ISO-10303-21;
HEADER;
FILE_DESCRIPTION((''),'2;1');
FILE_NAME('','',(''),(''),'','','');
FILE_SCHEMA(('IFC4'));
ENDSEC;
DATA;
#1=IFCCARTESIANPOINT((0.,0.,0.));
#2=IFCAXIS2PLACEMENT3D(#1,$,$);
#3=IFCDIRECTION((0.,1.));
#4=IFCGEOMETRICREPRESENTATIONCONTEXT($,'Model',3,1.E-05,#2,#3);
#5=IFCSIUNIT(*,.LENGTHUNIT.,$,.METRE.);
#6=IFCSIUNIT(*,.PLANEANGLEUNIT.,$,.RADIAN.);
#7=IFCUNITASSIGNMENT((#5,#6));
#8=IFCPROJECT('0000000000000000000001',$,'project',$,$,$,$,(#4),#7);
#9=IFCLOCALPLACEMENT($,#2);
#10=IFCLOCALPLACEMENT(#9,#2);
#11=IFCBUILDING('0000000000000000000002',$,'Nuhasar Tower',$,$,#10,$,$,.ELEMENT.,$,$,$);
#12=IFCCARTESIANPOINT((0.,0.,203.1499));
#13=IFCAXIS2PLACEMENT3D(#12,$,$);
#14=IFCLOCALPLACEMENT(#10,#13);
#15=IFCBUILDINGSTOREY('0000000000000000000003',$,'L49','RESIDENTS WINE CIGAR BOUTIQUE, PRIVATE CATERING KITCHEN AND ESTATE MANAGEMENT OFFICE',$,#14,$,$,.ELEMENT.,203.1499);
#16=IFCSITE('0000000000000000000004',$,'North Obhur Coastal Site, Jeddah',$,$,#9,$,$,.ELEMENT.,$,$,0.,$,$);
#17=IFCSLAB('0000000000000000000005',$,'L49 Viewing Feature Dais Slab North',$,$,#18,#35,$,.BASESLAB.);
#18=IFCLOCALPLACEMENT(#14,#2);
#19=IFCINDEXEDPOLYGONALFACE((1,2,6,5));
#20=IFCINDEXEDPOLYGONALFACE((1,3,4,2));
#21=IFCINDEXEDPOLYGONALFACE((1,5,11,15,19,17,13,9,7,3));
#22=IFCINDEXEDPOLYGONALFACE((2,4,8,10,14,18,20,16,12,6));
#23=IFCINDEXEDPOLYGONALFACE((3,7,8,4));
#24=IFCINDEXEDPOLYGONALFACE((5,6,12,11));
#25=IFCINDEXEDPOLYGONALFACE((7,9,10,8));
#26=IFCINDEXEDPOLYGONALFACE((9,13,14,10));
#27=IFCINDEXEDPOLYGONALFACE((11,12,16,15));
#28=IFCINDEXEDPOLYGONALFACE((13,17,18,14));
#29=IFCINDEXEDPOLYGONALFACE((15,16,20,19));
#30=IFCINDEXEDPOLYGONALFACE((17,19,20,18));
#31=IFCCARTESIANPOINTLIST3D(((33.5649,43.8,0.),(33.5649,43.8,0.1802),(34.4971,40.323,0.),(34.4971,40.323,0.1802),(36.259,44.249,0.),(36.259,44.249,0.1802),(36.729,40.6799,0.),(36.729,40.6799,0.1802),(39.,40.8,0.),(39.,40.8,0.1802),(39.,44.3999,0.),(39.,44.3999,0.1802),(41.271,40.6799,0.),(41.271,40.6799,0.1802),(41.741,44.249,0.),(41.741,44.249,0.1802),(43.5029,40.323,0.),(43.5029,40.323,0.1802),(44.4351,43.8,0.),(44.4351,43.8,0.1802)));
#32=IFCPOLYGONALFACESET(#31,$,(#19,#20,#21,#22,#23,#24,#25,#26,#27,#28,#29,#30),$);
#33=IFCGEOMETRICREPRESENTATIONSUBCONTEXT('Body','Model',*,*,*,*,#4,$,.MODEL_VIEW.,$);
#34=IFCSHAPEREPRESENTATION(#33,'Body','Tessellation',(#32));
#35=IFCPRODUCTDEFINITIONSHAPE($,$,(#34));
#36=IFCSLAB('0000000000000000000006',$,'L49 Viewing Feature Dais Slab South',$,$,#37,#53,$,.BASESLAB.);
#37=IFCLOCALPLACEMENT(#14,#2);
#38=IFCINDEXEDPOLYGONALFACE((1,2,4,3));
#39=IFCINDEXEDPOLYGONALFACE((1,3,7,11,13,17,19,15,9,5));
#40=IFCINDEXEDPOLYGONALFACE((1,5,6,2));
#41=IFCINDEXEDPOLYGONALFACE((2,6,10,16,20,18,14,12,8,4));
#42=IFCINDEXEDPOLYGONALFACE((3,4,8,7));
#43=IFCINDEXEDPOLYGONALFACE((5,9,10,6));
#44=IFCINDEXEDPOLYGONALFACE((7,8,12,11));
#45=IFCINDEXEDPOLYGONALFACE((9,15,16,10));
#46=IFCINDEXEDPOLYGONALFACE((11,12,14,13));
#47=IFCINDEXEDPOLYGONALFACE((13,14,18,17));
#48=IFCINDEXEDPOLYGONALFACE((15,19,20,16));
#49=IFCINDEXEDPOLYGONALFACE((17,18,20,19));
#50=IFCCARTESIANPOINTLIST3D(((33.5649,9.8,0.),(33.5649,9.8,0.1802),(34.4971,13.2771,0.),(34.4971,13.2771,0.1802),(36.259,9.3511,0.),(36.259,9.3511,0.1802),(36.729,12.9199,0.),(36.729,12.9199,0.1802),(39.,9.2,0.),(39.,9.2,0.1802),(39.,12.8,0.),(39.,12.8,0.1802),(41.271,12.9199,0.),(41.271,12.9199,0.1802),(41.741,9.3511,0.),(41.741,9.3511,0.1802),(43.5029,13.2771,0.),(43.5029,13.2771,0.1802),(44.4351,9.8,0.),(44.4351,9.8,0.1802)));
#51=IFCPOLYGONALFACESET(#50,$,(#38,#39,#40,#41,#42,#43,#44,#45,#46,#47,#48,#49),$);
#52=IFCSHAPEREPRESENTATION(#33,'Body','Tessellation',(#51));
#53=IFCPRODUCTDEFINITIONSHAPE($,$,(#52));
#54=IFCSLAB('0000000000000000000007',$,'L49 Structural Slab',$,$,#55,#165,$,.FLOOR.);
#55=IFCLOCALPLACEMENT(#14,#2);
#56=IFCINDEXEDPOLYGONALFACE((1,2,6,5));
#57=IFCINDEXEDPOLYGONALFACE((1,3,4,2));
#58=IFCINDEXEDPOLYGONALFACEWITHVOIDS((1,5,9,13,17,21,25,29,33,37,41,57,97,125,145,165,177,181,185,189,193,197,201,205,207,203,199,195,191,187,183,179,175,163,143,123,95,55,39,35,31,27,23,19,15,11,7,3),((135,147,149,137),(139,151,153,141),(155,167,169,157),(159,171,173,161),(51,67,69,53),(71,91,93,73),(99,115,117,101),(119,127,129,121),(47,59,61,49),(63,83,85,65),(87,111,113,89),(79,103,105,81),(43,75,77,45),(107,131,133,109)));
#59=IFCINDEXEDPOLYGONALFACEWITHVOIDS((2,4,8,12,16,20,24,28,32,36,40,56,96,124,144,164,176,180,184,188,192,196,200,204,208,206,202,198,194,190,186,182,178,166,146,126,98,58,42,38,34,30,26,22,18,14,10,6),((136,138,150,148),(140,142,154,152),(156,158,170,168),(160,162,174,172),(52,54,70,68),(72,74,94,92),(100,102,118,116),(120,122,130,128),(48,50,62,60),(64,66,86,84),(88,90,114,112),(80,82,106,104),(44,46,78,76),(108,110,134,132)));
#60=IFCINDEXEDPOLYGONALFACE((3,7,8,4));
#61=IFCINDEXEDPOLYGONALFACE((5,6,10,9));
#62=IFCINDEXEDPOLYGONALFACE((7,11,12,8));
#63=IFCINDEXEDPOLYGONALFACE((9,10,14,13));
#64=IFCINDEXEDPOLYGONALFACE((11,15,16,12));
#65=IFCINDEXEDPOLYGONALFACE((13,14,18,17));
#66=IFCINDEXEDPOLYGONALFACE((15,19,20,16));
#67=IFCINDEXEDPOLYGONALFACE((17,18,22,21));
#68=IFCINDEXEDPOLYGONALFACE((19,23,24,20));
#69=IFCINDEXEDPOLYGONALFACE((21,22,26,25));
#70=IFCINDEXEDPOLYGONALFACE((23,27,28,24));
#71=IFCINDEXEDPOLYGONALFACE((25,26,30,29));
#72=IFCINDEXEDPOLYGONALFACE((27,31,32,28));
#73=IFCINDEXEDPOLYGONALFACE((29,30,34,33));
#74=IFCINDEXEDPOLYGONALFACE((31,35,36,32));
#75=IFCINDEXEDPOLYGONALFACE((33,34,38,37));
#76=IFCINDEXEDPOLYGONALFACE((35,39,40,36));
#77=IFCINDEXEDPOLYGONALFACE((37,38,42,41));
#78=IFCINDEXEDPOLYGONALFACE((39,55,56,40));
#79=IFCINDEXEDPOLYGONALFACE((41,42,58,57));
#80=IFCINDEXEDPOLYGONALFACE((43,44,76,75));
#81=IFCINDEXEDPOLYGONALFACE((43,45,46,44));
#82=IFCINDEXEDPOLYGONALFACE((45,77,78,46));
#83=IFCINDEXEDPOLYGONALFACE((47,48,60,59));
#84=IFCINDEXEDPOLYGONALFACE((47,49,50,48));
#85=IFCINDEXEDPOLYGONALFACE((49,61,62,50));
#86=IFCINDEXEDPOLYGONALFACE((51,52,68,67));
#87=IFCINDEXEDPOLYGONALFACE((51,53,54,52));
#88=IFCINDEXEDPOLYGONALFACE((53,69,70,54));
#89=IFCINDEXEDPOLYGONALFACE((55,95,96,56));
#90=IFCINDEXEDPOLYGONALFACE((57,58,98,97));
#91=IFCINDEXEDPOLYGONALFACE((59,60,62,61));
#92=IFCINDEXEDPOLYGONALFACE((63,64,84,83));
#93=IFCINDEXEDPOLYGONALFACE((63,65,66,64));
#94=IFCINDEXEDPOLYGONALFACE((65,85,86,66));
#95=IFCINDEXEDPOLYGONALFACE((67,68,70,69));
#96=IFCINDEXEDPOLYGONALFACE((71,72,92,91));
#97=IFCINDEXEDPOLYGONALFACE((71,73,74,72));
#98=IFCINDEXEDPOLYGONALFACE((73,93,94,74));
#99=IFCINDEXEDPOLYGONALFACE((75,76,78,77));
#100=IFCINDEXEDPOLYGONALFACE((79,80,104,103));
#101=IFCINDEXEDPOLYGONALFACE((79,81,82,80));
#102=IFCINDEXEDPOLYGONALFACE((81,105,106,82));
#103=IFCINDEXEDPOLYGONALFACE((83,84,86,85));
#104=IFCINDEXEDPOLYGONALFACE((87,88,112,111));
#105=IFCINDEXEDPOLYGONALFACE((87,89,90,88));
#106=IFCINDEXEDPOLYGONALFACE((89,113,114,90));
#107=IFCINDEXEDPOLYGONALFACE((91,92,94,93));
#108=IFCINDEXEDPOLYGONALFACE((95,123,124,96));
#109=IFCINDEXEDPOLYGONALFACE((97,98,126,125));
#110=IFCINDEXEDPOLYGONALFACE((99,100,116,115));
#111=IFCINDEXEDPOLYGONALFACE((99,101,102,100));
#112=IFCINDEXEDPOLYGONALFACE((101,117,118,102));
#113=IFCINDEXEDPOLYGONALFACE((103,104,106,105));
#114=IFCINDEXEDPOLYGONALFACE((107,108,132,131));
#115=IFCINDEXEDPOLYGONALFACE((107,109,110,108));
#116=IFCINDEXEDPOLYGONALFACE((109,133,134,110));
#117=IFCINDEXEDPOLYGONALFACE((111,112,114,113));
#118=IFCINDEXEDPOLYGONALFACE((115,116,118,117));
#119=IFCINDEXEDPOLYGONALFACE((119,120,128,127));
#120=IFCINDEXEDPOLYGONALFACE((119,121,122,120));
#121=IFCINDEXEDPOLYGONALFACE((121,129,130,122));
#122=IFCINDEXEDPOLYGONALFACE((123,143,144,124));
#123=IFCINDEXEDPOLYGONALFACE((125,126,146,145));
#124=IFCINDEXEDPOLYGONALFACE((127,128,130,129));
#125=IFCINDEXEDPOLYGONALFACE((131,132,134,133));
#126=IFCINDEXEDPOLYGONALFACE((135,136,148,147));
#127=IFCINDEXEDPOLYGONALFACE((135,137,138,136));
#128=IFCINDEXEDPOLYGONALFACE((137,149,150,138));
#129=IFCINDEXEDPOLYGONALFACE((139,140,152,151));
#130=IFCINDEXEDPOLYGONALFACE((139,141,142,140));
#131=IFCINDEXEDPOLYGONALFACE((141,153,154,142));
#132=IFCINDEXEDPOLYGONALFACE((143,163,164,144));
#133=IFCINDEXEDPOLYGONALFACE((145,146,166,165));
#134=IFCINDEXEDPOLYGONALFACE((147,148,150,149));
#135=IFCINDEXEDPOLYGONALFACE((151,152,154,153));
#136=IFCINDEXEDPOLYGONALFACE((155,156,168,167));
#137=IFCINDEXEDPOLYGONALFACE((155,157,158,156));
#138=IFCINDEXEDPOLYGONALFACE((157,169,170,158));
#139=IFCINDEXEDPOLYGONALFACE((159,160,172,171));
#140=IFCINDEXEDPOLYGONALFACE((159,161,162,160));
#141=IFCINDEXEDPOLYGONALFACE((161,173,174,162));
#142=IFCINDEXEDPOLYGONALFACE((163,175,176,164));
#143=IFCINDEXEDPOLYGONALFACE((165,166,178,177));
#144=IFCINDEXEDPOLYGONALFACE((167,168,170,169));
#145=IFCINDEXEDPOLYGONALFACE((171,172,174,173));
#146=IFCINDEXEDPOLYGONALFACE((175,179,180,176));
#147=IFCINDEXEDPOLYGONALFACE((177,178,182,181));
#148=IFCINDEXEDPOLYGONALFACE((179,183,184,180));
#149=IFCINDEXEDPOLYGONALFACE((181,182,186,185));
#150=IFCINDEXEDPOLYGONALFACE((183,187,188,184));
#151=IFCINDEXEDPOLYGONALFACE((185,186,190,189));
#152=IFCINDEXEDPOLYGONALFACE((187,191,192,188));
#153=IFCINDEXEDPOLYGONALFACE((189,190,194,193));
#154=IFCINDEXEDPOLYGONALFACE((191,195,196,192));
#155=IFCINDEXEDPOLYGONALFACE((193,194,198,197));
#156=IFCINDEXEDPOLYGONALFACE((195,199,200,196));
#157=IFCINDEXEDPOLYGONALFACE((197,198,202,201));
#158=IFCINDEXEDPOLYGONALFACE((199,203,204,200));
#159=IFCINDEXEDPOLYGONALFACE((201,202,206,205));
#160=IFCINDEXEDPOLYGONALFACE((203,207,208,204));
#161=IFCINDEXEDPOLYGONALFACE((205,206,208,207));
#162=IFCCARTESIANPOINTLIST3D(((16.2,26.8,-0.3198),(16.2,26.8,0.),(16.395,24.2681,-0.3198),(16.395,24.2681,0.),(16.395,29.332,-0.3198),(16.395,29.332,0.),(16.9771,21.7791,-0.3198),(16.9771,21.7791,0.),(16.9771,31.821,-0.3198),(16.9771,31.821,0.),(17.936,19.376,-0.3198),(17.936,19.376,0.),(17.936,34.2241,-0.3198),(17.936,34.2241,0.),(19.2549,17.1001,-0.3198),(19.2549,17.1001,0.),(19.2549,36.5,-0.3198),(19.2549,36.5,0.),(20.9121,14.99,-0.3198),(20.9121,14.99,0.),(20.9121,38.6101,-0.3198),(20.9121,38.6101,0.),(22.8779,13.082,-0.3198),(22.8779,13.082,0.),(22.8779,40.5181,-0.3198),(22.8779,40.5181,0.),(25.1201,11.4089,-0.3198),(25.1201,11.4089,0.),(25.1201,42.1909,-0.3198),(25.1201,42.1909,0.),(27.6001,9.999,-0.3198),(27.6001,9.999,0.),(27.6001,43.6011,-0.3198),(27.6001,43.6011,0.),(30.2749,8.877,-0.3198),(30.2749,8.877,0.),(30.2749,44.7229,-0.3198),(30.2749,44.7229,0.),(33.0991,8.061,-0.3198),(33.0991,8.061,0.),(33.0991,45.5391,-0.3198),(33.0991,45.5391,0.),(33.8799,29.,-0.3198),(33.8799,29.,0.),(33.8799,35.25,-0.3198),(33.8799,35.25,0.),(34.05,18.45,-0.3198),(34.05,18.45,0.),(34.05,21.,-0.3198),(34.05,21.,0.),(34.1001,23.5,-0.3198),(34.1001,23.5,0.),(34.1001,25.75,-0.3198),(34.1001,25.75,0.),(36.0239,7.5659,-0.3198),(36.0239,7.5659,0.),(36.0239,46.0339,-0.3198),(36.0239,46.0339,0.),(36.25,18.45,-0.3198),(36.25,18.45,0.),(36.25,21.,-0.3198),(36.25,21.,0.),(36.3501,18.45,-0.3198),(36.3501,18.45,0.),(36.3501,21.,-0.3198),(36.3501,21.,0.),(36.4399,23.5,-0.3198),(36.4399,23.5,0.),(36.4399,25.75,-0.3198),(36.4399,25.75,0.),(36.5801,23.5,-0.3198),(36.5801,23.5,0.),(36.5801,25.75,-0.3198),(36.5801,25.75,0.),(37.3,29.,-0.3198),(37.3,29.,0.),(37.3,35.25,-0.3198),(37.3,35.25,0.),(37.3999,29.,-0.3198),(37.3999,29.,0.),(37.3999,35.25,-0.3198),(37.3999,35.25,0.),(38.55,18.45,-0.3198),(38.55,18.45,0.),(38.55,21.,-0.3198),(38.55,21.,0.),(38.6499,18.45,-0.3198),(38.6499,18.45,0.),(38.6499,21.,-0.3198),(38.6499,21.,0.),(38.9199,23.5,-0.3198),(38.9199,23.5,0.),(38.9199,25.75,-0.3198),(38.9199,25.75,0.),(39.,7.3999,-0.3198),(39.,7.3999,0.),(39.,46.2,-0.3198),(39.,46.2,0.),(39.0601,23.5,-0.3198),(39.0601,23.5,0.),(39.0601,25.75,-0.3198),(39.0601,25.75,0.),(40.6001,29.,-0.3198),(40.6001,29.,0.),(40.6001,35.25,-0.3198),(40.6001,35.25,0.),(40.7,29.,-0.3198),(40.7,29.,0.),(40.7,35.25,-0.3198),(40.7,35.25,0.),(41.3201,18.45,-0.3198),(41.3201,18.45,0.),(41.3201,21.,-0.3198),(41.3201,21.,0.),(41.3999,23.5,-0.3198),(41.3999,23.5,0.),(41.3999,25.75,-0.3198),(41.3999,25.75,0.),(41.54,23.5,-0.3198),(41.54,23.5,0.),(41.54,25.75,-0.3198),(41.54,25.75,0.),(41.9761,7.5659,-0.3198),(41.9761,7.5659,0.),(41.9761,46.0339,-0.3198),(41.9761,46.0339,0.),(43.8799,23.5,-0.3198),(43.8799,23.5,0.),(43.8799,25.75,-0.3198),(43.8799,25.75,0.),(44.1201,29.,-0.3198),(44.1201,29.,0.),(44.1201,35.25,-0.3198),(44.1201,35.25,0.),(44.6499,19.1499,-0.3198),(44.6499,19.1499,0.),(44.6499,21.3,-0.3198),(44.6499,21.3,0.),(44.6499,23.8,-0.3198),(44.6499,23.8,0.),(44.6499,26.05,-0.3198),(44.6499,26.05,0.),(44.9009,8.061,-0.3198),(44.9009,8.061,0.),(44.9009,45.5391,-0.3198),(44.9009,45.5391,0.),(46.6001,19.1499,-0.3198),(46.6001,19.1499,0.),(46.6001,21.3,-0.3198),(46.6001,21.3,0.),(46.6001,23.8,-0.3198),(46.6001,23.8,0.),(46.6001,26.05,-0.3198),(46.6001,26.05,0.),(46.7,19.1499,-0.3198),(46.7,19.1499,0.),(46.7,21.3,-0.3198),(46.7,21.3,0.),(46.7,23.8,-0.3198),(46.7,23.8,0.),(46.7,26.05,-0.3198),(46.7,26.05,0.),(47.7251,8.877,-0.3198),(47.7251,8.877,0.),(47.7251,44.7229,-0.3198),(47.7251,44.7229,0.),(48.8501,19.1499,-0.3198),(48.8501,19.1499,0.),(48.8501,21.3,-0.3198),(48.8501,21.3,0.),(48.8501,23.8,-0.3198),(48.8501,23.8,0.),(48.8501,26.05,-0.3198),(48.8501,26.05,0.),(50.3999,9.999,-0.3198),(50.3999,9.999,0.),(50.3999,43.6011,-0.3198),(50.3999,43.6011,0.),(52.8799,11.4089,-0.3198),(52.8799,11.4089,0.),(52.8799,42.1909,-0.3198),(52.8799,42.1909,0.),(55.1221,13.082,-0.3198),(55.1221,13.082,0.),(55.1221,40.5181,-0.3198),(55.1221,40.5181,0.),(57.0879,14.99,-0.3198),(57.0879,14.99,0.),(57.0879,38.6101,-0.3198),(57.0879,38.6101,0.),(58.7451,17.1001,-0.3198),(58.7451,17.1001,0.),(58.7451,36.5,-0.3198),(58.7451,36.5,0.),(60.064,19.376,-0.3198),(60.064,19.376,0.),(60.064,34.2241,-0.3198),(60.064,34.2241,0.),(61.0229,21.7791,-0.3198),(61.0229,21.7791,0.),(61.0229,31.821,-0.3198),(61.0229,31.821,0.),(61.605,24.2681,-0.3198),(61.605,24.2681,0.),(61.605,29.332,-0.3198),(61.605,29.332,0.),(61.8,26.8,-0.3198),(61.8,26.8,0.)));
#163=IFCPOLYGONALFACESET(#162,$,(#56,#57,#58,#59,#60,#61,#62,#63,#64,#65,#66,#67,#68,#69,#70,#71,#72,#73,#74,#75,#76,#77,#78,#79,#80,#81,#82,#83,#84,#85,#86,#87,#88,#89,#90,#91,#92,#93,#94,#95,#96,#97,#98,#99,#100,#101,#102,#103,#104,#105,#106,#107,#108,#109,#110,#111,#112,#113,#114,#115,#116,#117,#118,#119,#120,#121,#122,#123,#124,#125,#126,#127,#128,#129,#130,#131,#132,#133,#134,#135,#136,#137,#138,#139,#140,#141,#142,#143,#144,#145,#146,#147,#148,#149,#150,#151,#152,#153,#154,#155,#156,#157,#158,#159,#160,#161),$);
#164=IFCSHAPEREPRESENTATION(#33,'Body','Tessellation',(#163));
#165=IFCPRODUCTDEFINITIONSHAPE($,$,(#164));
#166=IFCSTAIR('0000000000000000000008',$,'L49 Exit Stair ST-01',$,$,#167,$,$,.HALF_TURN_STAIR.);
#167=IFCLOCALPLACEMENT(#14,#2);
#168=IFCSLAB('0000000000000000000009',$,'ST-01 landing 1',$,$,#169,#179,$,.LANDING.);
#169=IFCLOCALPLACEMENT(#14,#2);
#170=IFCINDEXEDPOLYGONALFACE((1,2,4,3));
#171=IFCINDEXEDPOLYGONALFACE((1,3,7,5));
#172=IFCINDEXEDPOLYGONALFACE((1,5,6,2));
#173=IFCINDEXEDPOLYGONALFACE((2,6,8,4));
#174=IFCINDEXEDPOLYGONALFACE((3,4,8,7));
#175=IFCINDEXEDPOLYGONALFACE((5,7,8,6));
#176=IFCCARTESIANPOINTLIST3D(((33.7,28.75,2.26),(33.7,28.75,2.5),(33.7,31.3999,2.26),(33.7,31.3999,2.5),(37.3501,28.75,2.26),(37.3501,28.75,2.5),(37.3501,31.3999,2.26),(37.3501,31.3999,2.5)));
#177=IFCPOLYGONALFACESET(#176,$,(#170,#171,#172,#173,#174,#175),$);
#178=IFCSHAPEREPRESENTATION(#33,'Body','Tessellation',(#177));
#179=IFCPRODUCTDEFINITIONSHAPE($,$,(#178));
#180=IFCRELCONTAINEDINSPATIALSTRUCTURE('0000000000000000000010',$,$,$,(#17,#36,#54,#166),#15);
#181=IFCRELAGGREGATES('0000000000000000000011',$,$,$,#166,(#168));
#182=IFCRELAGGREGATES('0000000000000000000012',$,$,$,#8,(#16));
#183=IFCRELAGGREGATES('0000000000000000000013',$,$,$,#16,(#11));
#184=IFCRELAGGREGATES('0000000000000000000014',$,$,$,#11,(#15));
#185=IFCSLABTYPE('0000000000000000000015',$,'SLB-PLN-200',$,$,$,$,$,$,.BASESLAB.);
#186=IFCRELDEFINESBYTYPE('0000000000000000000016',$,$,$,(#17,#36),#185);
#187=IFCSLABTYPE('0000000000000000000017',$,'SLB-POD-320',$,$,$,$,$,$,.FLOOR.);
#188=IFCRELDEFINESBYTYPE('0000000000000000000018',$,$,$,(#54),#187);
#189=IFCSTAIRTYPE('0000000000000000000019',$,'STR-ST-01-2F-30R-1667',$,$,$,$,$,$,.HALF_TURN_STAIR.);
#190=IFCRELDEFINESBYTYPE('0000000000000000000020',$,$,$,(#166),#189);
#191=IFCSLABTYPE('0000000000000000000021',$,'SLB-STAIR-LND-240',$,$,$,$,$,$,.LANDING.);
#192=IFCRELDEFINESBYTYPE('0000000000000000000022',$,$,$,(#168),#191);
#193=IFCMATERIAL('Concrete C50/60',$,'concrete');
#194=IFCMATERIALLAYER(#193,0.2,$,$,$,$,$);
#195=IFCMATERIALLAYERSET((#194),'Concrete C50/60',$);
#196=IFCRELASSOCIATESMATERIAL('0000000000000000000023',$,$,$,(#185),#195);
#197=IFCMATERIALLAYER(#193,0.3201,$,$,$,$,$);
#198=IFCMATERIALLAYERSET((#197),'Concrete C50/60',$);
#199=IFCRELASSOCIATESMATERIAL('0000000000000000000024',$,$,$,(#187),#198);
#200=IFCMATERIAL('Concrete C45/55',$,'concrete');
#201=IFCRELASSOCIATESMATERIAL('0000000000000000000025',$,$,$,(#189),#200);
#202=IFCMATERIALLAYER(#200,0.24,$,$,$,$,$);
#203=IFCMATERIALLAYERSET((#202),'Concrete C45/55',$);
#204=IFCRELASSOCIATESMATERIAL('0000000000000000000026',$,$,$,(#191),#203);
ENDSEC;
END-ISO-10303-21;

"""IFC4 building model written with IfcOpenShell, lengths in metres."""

from ifc_helpers import new_model, si_unit, direction, frame, origin, place, context, subcontext, project, spatial, polyline, outline, extrude, material, layer, layer_set, type_object, element, aggregate, save


model = new_model("IFC4")

# Units and contexts
model_context = context("Model", 3, precision=1e-05, world=origin(), true_north=direction((0.0, 1.0)))
body_context = subcontext(model_context, "Body", "Model", "MODEL_VIEW")
ifc_project = project(units=[si_unit("LENGTHUNIT", "METRE"), si_unit("PLANEANGLEUNIT", "RADIAN")], contexts=[model_context])

# Site, building, storey
site_placement = place(None, origin())
site = spatial("IfcSite", under=ifc_project, at=site_placement, Name="North Obhur Coastal Site, Jeddah", CompositionType="ELEMENT", RefElevation=0.0)
building_placement = place(site_placement, origin())
building = spatial("IfcBuilding", under=site, at=building_placement, Name="Nuhasar Tower", CompositionType="ELEMENT")
storey_placement = place(building_placement, frame((0.0, 0.0, 203.1499)))
storey = spatial("IfcBuildingStorey", under=building, at=storey_placement, Name="L49", Description="RESIDENTS WINE CIGAR BOUTIQUE, PRIVATE CATERING KITCHEN AND ESTATE MANAGEMENT OFFICE", CompositionType="ELEMENT", Elevation=203.1499)

# Slabs
ifc_material_1 = material(Name="Concrete C50/60", Category="concrete")
ifc_layer_1 = layer(ifc_material_1, 0.2)
ifc_layer_set_1 = layer_set([ifc_layer_1], Name="Concrete C50/60")
slab_type_1 = type_object("IfcSlabType", Name="SLB-PLN-200", PredefinedType="BASESLAB", material=ifc_layer_set_1)
slab_1_placement = place(storey_placement, origin())
element("IfcSlab", 1, at=slab_1_placement, inside=storey, type_object=slab_type_1, Name="L49 Viewing Feature Dais Slab North", PredefinedType="BASESLAB", context=body_context, shape_type="SweptSolid", body=[
    extrude(outline(polyline([(44.4351, 43.8), (41.741, 44.249), (39.0, 44.3999), (36.259, 44.249), (33.5649, 43.8), (34.4971, 40.323), (36.729, 40.6799), (39.0, 40.8), (41.271, 40.6799), (43.5029, 40.323), (44.4351, 43.8)])), origin(), (0.0, 0.0, 1.0), 0.1802),
])
slab_2_placement = place(storey_placement, origin())
element("IfcSlab", 2, at=slab_2_placement, inside=storey, type_object=slab_type_1, Name="L49 Viewing Feature Dais Slab South", PredefinedType="BASESLAB", context=body_context, shape_type="SweptSolid", body=[
    extrude(outline(polyline([(33.5649, 9.8), (36.259, 9.3511), (39.0, 9.2), (41.741, 9.3511), (44.4351, 9.8), (43.5029, 13.2771), (41.271, 12.9199), (39.0, 12.8), (36.729, 12.9199), (34.4971, 13.2771), (33.5649, 9.8)])), origin(), (0.0, 0.0, 1.0), 0.1802),
])
ifc_layer_2 = layer(ifc_material_1, 0.3201)
ifc_layer_set_2 = layer_set([ifc_layer_2], Name="Concrete C50/60")
slab_type_2 = type_object("IfcSlabType", Name="SLB-POD-320", PredefinedType="FLOOR", material=ifc_layer_set_2)
slab_3_placement = place(storey_placement, frame((0.0, 0.0, -0.3198)))
element("IfcSlab", 3, at=slab_3_placement, inside=storey, type_object=slab_type_2, Name="L49 Structural Slab", PredefinedType="FLOOR", context=body_context, shape_type="SweptSolid", body=[
    extrude(outline(polyline([(61.8, 26.8), (61.605, 29.332), (61.0229, 31.821), (60.064, 34.2241), (58.7451, 36.5), (57.0879, 38.6101), (55.1221, 40.5181), (52.8799, 42.1909), (50.3999, 43.6011), (47.7251, 44.7229), (44.9009, 45.5391), (41.9761, 46.0339), (39.0, 46.2), (36.0239, 46.0339), (33.0991, 45.5391), (30.2749, 44.7229), (27.6001, 43.6011), (25.1201, 42.1909), (22.8779, 40.5181), (20.9121, 38.6101), (19.2549, 36.5), (17.936, 34.2241), (16.9771, 31.821), (16.395, 29.332), (16.2, 26.8), (16.395, 24.2681), (16.9771, 21.7791), (17.936, 19.376), (19.2549, 17.1001), (20.9121, 14.99), (22.8779, 13.082), (25.1201, 11.4089), (27.6001, 9.999), (30.2749, 8.877), (33.0991, 8.061), (36.0239, 7.5659), (39.0, 7.3999), (41.9761, 7.5659), (44.9009, 8.061), (47.7251, 8.877), (50.3999, 9.999), (52.8799, 11.4089), (55.1221, 13.082), (57.0879, 14.99), (58.7451, 17.1001), (60.064, 19.376), (61.0229, 21.7791), (61.605, 24.2681), (61.8, 26.8)]), holes=[polyline([(33.8799, 35.25), (37.3, 35.25), (37.3, 29.0), (33.8799, 29.0), (33.8799, 35.25)]), polyline([(37.3999, 35.25), (40.6001, 35.25), (40.6001, 29.0), (37.3999, 29.0), (37.3999, 35.25)]), polyline([(40.7, 35.25), (44.1201, 35.25), (44.1201, 29.0), (40.7, 29.0), (40.7, 35.25)]), polyline([(44.6499, 26.05), (46.6001, 26.05), (46.6001, 23.8), (44.6499, 23.8), (44.6499, 26.05)]), polyline([(46.7, 26.05), (48.8501, 26.05), (48.8501, 23.8), (46.7, 23.8), (46.7, 26.05)]), polyline([(44.6499, 21.3), (46.6001, 21.3), (46.6001, 19.1499), (44.6499, 19.1499), (44.6499, 21.3)]), polyline([(46.7, 21.3), (48.8501, 21.3), (48.8501, 19.1499), (46.7, 19.1499), (46.7, 21.3)]), polyline([(34.1001, 25.75), (36.4399, 25.75), (36.4399, 23.5), (34.1001, 23.5), (34.1001, 25.75)]), polyline([(36.5801, 25.75), (38.9199, 25.75), (38.9199, 23.5), (36.5801, 23.5), (36.5801, 25.75)]), polyline([(39.0601, 25.75), (41.3999, 25.75), (41.3999, 23.5), (39.0601, 23.5), (39.0601, 25.75)]), polyline([(41.54, 25.75), (43.8799, 25.75), (43.8799, 23.5), (41.54, 23.5), (41.54, 25.75)]), polyline([(34.05, 21.0), (36.25, 21.0), (36.25, 18.45), (34.05, 18.45), (34.05, 21.0)]), polyline([(36.3501, 21.0), (38.55, 21.0), (38.55, 18.45), (36.3501, 18.45), (36.3501, 21.0)]), polyline([(38.6499, 21.0), (41.3201, 21.0), (41.3201, 18.45), (38.6499, 18.45), (38.6499, 21.0)])]), origin(), (0.0, 0.0, 1.0), 0.3198),
])

# Stair, slab
ifc_material_2 = material(Name="Concrete C45/55", Category="concrete")
stair_type_1 = type_object("IfcStairType", Name="STR-ST-01-2F-30R-1667", PredefinedType="HALF_TURN_STAIR", material=ifc_material_2)
stair_1_placement = place(storey_placement, origin())
stair_1 = element("IfcStair", 4, at=stair_1_placement, inside=storey, type_object=stair_type_1, Name="L49 Exit Stair ST-01", PredefinedType="HALF_TURN_STAIR")
ifc_layer_3 = layer(ifc_material_2, 0.24)
ifc_layer_set_3 = layer_set([ifc_layer_3], Name="Concrete C45/55")
slab_type_3 = type_object("IfcSlabType", Name="SLB-STAIR-LND-240", PredefinedType="LANDING", material=ifc_layer_set_3)
slab_4_placement = place(storey_placement, frame((0.0, 0.0, 2.26)))
slab_4 = element("IfcSlab", 5, at=slab_4_placement, type_object=slab_type_3, Name="ST-01 landing 1", PredefinedType="LANDING", context=body_context, shape_type="SweptSolid", body=[
    extrude(outline(polyline([(33.7, 28.75), (37.3501, 28.75), (37.3501, 31.3999), (33.7, 31.3999), (33.7, 28.75)])), origin(), (0.0, 0.0, 1.0), 0.24),
])
aggregate(stair_1, [slab_4])

save(model, "model.ifc")
